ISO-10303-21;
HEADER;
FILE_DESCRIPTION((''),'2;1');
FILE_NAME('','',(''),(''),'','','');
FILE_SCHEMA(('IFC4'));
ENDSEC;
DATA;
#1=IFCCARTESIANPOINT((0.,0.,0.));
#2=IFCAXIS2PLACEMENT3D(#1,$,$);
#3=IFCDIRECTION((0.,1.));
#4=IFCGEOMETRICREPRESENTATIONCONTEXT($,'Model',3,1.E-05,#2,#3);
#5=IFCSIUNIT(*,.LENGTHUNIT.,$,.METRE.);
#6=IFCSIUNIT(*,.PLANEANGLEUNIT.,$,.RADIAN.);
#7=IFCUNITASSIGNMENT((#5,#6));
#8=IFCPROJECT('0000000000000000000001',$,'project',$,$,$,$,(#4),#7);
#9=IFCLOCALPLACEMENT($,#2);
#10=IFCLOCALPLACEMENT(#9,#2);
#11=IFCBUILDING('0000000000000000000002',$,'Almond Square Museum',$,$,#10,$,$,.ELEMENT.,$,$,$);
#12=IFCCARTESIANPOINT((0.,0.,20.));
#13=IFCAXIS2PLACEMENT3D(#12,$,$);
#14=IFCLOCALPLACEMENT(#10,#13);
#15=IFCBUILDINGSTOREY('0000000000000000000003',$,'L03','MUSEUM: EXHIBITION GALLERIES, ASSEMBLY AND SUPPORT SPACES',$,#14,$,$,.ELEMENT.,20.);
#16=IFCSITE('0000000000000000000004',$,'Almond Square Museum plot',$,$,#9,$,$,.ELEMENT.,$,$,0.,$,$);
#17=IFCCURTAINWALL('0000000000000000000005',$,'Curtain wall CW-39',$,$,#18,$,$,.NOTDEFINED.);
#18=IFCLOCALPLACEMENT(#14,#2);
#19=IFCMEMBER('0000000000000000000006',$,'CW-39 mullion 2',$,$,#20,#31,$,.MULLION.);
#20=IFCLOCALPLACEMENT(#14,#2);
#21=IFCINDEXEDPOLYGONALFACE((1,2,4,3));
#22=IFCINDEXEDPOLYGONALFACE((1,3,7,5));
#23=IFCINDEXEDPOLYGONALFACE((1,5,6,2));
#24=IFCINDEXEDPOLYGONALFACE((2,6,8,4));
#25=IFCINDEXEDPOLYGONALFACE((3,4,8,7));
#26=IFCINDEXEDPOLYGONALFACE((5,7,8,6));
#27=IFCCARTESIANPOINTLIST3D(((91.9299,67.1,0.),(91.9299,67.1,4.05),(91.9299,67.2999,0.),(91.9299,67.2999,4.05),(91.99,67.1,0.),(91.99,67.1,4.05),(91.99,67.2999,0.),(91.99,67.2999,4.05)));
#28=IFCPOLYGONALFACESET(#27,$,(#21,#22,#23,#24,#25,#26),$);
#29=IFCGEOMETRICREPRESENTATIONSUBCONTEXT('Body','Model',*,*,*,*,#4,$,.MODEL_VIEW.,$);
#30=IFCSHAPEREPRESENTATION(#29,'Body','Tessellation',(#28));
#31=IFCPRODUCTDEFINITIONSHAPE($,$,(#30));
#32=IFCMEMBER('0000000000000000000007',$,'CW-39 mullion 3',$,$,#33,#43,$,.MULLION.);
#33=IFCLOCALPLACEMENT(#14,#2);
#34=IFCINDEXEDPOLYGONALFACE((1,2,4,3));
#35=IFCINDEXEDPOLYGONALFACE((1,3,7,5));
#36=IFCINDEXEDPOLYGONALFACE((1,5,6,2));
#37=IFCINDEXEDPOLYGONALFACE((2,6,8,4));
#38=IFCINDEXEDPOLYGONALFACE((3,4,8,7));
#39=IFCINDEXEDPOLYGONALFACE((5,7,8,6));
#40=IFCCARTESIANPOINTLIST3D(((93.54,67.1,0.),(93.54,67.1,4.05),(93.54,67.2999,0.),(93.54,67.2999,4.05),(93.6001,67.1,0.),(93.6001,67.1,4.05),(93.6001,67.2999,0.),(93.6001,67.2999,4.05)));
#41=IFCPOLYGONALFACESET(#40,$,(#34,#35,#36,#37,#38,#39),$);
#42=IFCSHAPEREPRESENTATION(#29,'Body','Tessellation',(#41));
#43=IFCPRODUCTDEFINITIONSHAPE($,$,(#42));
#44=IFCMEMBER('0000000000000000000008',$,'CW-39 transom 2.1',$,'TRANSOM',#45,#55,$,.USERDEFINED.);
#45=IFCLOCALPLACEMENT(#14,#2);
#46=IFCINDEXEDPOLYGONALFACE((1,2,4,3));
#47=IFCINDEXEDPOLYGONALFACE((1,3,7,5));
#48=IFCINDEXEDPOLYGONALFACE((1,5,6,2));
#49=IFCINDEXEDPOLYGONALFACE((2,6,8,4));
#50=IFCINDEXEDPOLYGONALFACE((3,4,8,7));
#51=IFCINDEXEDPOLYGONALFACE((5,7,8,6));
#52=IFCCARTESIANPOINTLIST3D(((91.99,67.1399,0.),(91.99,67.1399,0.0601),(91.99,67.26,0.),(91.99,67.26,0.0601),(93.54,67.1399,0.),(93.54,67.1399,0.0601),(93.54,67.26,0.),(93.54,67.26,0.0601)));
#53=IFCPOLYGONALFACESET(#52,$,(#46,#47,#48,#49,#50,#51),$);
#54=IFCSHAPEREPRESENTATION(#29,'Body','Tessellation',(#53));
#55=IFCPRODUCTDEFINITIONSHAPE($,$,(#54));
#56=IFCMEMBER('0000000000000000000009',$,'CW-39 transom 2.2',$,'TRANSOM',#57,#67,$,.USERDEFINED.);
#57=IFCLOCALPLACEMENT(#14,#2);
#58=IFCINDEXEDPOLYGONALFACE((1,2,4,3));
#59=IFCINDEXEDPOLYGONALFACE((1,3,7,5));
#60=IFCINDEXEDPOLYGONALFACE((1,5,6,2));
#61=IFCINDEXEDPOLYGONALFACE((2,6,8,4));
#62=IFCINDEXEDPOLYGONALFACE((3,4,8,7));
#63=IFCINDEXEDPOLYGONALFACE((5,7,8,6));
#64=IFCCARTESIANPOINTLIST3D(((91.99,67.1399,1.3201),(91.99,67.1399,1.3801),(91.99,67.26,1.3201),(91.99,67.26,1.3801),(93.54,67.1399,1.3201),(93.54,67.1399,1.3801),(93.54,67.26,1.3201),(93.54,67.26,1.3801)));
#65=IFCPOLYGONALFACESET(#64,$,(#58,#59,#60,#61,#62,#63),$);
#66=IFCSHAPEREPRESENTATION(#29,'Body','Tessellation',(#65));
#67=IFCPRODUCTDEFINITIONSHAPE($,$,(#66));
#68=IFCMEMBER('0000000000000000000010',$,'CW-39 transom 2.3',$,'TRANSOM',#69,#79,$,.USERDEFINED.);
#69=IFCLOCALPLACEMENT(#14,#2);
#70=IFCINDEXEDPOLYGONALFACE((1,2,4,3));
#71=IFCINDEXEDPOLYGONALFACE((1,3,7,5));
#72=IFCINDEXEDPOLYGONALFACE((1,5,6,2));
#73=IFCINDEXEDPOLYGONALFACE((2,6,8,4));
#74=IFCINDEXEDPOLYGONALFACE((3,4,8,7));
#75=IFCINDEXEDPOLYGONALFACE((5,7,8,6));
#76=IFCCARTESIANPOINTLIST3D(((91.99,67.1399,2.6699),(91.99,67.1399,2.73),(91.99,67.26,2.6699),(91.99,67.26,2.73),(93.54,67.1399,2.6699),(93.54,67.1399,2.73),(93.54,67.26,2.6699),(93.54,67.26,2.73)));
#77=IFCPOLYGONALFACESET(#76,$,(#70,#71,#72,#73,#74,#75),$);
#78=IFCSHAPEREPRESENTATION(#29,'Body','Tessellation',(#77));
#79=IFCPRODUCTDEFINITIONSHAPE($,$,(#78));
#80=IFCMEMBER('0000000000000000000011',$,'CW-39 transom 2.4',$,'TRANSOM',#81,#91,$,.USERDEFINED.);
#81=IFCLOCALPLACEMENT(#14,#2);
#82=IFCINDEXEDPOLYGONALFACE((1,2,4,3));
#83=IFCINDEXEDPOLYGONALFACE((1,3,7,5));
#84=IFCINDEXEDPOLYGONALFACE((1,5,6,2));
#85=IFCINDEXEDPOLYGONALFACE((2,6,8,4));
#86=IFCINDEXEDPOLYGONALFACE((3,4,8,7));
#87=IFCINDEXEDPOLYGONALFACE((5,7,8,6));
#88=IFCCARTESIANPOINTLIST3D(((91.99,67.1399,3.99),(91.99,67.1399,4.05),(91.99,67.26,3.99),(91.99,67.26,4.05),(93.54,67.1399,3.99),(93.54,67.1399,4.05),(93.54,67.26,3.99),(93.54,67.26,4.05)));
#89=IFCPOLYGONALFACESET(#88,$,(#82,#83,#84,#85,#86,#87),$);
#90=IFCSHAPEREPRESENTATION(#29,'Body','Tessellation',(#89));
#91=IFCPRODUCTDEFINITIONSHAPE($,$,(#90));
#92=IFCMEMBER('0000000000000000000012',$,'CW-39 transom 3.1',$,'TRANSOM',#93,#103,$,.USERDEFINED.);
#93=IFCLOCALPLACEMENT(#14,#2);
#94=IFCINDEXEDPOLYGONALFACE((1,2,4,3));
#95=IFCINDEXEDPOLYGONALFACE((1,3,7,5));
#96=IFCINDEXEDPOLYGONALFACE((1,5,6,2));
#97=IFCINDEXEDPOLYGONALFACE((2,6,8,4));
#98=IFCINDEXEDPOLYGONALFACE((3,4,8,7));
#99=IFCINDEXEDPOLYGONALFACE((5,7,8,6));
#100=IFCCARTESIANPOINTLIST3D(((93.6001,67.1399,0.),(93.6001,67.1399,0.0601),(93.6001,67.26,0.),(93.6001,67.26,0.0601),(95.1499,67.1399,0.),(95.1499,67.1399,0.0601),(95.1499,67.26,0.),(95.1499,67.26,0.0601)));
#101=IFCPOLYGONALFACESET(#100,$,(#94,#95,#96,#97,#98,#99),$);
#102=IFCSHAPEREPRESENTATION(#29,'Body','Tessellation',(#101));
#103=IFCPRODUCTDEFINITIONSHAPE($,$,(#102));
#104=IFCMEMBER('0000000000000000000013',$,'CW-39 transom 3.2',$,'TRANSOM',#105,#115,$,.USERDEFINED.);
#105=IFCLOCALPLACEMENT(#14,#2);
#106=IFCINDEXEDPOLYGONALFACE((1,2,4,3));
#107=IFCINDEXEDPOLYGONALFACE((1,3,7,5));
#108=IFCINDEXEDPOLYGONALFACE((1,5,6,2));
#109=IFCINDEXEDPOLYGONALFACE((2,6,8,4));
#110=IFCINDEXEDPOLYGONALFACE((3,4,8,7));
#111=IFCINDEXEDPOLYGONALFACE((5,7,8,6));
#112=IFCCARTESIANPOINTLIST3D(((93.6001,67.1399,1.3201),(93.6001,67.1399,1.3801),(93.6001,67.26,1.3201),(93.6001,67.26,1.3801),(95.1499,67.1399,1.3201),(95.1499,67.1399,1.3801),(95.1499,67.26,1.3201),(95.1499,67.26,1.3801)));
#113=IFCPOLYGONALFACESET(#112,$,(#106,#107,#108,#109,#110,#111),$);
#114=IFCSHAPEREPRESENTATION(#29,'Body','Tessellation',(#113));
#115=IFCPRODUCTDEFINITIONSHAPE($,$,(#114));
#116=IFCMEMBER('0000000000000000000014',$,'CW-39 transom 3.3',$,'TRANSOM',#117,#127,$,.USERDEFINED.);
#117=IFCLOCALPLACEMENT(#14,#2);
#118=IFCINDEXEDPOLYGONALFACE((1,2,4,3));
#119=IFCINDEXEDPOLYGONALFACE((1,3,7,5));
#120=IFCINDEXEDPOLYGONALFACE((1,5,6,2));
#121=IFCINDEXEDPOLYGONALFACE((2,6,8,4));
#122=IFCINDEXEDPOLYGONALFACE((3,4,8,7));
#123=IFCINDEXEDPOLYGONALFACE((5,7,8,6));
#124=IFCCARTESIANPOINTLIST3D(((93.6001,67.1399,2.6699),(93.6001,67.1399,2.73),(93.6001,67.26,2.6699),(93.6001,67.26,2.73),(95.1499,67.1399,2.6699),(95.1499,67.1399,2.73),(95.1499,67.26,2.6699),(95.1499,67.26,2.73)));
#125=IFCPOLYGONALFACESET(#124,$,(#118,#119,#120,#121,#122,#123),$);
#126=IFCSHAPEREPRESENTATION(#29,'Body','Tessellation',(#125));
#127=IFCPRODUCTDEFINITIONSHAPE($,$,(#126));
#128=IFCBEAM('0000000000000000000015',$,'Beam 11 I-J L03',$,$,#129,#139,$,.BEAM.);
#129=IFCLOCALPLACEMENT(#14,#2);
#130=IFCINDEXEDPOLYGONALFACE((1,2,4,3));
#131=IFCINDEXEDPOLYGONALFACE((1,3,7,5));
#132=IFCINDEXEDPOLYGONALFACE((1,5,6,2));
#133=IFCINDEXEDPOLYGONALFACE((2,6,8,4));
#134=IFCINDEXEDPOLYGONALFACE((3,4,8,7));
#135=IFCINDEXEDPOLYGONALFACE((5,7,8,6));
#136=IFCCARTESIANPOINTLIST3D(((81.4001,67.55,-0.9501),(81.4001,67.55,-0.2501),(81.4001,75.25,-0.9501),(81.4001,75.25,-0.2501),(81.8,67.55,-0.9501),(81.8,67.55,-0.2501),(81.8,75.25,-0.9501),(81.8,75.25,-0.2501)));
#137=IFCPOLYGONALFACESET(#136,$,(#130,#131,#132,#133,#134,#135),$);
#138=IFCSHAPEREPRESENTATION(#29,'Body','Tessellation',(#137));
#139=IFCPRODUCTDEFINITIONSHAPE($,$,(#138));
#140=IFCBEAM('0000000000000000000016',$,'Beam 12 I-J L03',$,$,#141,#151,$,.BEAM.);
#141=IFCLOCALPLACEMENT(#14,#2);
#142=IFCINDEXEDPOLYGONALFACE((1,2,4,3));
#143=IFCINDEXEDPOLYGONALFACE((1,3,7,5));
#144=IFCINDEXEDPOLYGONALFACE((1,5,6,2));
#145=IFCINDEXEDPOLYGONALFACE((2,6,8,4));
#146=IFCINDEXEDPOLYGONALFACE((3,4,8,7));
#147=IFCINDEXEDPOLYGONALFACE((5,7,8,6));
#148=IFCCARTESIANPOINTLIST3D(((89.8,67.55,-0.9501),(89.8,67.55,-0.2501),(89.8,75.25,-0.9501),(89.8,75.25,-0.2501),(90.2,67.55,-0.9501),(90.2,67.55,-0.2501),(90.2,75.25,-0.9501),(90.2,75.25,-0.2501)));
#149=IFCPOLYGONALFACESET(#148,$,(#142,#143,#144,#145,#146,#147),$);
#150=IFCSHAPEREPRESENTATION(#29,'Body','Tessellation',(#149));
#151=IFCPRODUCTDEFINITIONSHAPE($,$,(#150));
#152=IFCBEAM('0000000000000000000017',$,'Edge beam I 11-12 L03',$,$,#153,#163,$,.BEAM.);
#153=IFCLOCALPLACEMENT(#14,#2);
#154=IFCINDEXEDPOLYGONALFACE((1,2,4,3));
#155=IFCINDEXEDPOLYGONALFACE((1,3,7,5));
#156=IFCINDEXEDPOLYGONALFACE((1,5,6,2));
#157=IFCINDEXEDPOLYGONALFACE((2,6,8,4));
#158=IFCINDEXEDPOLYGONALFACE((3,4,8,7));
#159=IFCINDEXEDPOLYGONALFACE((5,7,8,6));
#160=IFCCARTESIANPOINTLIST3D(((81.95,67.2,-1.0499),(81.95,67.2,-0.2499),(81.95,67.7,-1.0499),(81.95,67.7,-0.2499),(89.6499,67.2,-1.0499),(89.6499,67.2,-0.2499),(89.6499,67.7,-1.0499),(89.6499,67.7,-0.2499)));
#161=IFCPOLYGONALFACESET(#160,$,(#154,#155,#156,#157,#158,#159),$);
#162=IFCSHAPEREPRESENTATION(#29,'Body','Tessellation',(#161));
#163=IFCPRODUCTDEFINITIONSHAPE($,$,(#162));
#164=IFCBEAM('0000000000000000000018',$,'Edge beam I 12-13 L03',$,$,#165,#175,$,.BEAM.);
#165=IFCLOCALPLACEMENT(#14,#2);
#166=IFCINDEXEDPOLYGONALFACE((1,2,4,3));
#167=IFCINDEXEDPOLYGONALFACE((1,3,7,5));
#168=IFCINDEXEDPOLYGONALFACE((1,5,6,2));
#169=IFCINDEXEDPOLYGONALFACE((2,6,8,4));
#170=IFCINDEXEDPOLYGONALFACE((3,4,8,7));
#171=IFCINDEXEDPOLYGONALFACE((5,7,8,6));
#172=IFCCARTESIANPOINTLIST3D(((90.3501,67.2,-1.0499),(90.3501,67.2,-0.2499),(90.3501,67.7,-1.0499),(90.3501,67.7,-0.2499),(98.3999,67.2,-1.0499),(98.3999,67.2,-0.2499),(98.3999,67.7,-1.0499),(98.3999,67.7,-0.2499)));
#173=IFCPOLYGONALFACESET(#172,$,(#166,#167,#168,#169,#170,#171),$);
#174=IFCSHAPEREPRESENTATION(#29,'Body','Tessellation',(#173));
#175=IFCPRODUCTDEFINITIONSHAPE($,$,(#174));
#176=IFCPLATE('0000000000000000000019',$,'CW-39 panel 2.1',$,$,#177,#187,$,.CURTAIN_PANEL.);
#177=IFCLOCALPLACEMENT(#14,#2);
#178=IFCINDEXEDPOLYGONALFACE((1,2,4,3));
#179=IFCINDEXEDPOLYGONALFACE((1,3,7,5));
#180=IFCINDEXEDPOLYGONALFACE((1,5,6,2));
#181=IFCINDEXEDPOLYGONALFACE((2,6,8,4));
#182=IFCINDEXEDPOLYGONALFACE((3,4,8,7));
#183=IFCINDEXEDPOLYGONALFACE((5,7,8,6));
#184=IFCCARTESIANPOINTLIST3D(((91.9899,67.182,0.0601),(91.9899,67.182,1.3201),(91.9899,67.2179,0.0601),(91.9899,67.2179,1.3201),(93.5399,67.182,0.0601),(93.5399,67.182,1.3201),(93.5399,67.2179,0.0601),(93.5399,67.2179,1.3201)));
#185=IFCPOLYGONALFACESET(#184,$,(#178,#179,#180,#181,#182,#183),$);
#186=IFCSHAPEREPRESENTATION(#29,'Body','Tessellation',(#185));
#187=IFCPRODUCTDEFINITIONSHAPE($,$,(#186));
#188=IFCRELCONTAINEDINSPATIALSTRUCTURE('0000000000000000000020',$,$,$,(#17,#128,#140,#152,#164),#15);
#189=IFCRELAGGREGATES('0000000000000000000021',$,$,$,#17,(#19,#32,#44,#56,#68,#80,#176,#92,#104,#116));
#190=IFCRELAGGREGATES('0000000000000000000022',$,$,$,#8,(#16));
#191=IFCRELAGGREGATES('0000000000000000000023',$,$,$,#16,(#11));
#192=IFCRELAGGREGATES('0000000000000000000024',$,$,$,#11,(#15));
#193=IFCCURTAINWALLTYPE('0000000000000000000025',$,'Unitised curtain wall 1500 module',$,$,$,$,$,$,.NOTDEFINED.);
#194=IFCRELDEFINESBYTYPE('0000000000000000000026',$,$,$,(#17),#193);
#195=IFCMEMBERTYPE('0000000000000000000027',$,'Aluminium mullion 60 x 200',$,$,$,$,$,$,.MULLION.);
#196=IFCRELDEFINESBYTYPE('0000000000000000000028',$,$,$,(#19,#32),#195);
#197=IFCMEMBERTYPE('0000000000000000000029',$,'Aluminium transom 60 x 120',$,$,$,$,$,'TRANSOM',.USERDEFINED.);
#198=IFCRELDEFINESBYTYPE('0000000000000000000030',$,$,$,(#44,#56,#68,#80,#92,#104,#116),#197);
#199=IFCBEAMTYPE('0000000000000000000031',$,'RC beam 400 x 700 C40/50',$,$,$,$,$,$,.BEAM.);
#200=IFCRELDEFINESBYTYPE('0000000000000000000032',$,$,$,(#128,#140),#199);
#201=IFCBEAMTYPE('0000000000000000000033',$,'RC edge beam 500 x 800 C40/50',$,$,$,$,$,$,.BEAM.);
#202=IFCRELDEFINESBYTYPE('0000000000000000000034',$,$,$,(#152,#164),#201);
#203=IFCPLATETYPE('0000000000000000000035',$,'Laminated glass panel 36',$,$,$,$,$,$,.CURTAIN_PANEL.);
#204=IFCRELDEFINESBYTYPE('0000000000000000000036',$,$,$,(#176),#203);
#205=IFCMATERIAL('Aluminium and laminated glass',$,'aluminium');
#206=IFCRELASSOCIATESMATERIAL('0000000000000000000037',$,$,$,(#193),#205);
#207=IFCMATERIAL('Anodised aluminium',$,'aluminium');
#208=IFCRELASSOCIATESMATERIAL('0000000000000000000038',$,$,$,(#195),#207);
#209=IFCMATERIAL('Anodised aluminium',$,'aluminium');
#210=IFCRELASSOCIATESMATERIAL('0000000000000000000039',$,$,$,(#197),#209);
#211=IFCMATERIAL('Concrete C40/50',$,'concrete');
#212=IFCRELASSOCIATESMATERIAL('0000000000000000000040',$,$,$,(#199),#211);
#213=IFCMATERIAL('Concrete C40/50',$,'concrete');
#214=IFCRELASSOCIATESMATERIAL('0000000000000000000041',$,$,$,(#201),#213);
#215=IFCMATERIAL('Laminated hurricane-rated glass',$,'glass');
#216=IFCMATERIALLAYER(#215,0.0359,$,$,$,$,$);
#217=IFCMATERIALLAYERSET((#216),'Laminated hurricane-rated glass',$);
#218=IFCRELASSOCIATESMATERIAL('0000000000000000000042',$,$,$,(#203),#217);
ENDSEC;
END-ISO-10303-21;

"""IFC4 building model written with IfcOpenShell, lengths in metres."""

from ifc_helpers import new_model, si_unit, direction, frame, origin, origin_2d, place, context, subcontext, project, spatial, rectangle, extrude, material, layer, layer_set, material_profile, profile_set, type_object, element, aggregate, save


model = new_model("IFC4")

# Units and contexts
model_context = context("Model", 3, precision=1e-05, world=origin(), true_north=direction((0.0, 1.0)))
body_context = subcontext(model_context, "Body", "Model", "MODEL_VIEW")
ifc_project = project(units=[si_unit("LENGTHUNIT", "METRE"), si_unit("PLANEANGLEUNIT", "RADIAN")], contexts=[model_context])

# Site, building, storey
site_placement = place(None, origin())
site = spatial("IfcSite", under=ifc_project, at=site_placement, Name="Almond Square Museum plot", CompositionType="ELEMENT", RefElevation=0.0)
building_placement = place(site_placement, origin())
building = spatial("IfcBuilding", under=site, at=building_placement, Name="Almond Square Museum", CompositionType="ELEMENT")
storey_placement = place(building_placement, frame((0.0, 0.0, 20.0)))
storey = spatial("IfcBuildingStorey", under=building, at=storey_placement, Name="L03", Description="MUSEUM: EXHIBITION GALLERIES, ASSEMBLY AND SUPPORT SPACES", CompositionType="ELEMENT", Elevation=20.0)

# Curtain wall, members
ifc_material_1 = material(Name="Aluminium and laminated glass", Category="aluminium")
curtain_wall_type = type_object("IfcCurtainWallType", Name="Unitised curtain wall 1500 module", PredefinedType="NOTDEFINED", material=ifc_material_1)
curtain_wall_placement = place(storey_placement, origin())
curtain_wall = element("IfcCurtainWall", 1, at=curtain_wall_placement, inside=storey, type_object=curtain_wall_type, Name="Curtain wall CW-39", PredefinedType="NOTDEFINED")
ifc_material_2 = material(Name="Anodised aluminium", Category="aluminium")
ifc_material_profile_1 = material_profile(ifc_material_2, rectangle(XDim=0.2, YDim=0.0601, at=origin_2d()))
ifc_profile_set_1 = profile_set([ifc_material_profile_1], Name="Anodised aluminium")
member_type_1 = type_object("IfcMemberType", Name="Aluminium mullion 60 x 200", PredefinedType="MULLION", material=ifc_profile_set_1)
member_1_placement = place(storey_placement, frame((91.96, 67.2, 0.0), z_axis=(0.0, 0.0, 1.0), x_axis=(0.0, 1.0, 0.0)))
member_1 = element("IfcMember", 2, at=member_1_placement, type_object=member_type_1, Name="CW-39 mullion 2", PredefinedType="MULLION", context=body_context, shape_type="SweptSolid", body=[
    extrude(rectangle(XDim=0.2, YDim=0.0601, at=origin_2d()), origin(), (0.0, 0.0, 1.0), 4.05),
])
member_2_placement = place(storey_placement, frame((93.5701, 67.2, 0.0), z_axis=(0.0, 0.0, 1.0), x_axis=(0.0, 1.0, 0.0)))
member_2 = element("IfcMember", 3, at=member_2_placement, type_object=member_type_1, Name="CW-39 mullion 3", PredefinedType="MULLION", context=body_context, shape_type="SweptSolid", body=[
    extrude(rectangle(XDim=0.2, YDim=0.0601, at=origin_2d()), origin(), (0.0, 0.0, 1.0), 4.05),
])
ifc_material_3 = material(Name="Anodised aluminium", Category="aluminium")
ifc_material_profile_2 = material_profile(ifc_material_3, rectangle(XDim=0.1201, YDim=0.0601, at=origin_2d()))
ifc_profile_set_2 = profile_set([ifc_material_profile_2], Name="Anodised aluminium")
member_type_2 = type_object("IfcMemberType", Name="Aluminium transom 60 x 120", ElementType="TRANSOM", PredefinedType="USERDEFINED", material=ifc_profile_set_2)
member_3_placement = place(storey_placement, frame((91.99, 67.2, 0.03), z_axis=(1.0, 0.0, 0.0), x_axis=(0.0, 1.0, 0.0)))
member_3 = element("IfcMember", 4, at=member_3_placement, type_object=member_type_2, Name="CW-39 transom 2.1", ObjectType="TRANSOM", PredefinedType="USERDEFINED", context=body_context, shape_type="SweptSolid", body=[
    extrude(rectangle(XDim=0.1201, YDim=0.0601, at=origin_2d()), origin(), (0.0, 0.0, 1.0), 1.55),
])
member_4_placement = place(storey_placement, frame((91.99, 67.2, 1.3501), z_axis=(1.0, 0.0, 0.0), x_axis=(0.0, 1.0, 0.0)))
member_4 = element("IfcMember", 5, at=member_4_placement, type_object=member_type_2, Name="CW-39 transom 2.2", ObjectType="TRANSOM", PredefinedType="USERDEFINED", context=body_context, shape_type="SweptSolid", body=[
    extrude(rectangle(XDim=0.1201, YDim=0.0601, at=origin_2d()), origin(), (0.0, 0.0, 1.0), 1.55),
])
member_5_placement = place(storey_placement, frame((91.99, 67.2, 2.7), z_axis=(1.0, 0.0, 0.0), x_axis=(0.0, 1.0, 0.0)))
member_5 = element("IfcMember", 6, at=member_5_placement, type_object=member_type_2, Name="CW-39 transom 2.3", ObjectType="TRANSOM", PredefinedType="USERDEFINED", context=body_context, shape_type="SweptSolid", body=[
    extrude(rectangle(XDim=0.1201, YDim=0.0601, at=origin_2d()), origin(), (0.0, 0.0, 1.0), 1.55),
])
member_6_placement = place(storey_placement, frame((91.99, 67.2, 4.02), z_axis=(1.0, 0.0, 0.0), x_axis=(0.0, 1.0, 0.0)))
member_6 = element("IfcMember", 7, at=member_6_placement, type_object=member_type_2, Name="CW-39 transom 2.4", ObjectType="TRANSOM", PredefinedType="USERDEFINED", context=body_context, shape_type="SweptSolid", body=[
    extrude(rectangle(XDim=0.1201, YDim=0.0601, at=origin_2d()), origin(), (0.0, 0.0, 1.0), 1.55),
])
member_7_placement = place(storey_placement, frame((93.6001, 67.2, 0.03), z_axis=(1.0, 0.0, 0.0), x_axis=(0.0, 1.0, 0.0)))
member_7 = element("IfcMember", 8, at=member_7_placement, type_object=member_type_2, Name="CW-39 transom 3.1", ObjectType="TRANSOM", PredefinedType="USERDEFINED", context=body_context, shape_type="SweptSolid", body=[
    extrude(rectangle(XDim=0.1201, YDim=0.0601, at=origin_2d()), origin(), (0.0, 0.0, 1.0), 1.5498),
])
member_8_placement = place(storey_placement, frame((93.6001, 67.2, 1.3501), z_axis=(1.0, 0.0, 0.0), x_axis=(0.0, 1.0, 0.0)))
member_8 = element("IfcMember", 9, at=member_8_placement, type_object=member_type_2, Name="CW-39 transom 3.2", ObjectType="TRANSOM", PredefinedType="USERDEFINED", context=body_context, shape_type="SweptSolid", body=[
    extrude(rectangle(XDim=0.1201, YDim=0.0601, at=origin_2d()), origin(), (0.0, 0.0, 1.0), 1.5498),
])
member_9_placement = place(storey_placement, frame((93.6001, 67.2, 2.7), z_axis=(1.0, 0.0, 0.0), x_axis=(0.0, 1.0, 0.0)))
member_9 = element("IfcMember", 10, at=member_9_placement, type_object=member_type_2, Name="CW-39 transom 3.3", ObjectType="TRANSOM", PredefinedType="USERDEFINED", context=body_context, shape_type="SweptSolid", body=[
    extrude(rectangle(XDim=0.1201, YDim=0.0601, at=origin_2d()), origin(), (0.0, 0.0, 1.0), 1.5498),
])

# Beams
ifc_material_4 = material(Name="Concrete C40/50", Category="concrete")
ifc_material_profile_3 = material_profile(ifc_material_4, rectangle(XDim=0.3999, YDim=0.7, at=origin_2d()))
ifc_profile_set_3 = profile_set([ifc_material_profile_3], Name="Concrete C40/50")
beam_type_1 = type_object("IfcBeamType", Name="RC beam 400 x 700 C40/50", PredefinedType="BEAM", material=ifc_profile_set_3)
for number, where, z_axis, x_axis, name in (
    (11, (81.6001, 67.55, -0.6001), (0.0, 1.0, 0.0), (-1.0, 0.0, 0.0), "Beam 11 I-J L03"),
    (12, (90.0, 67.55, -0.6001), (0.0, 1.0, 0.0), (-1.0, 0.0, 0.0), "Beam 12 I-J L03"),
):
    element("IfcBeam", number, at=place(storey_placement, frame(where, z_axis=z_axis, x_axis=x_axis)), inside=storey, type_object=beam_type_1, Name=name, PredefinedType="BEAM", context=body_context, shape_type="SweptSolid", body=[
        extrude(rectangle(XDim=0.3999, YDim=0.7, at=origin_2d()), origin(), (0.0, 0.0, 1.0), 7.7),
    ])
ifc_material_5 = material(Name="Concrete C40/50", Category="concrete")
ifc_material_profile_4 = material_profile(ifc_material_5, rectangle(XDim=0.5, YDim=0.8, at=origin_2d()))
ifc_profile_set_4 = profile_set([ifc_material_profile_4], Name="Concrete C40/50")
beam_type_2 = type_object("IfcBeamType", Name="RC edge beam 500 x 800 C40/50", PredefinedType="BEAM", material=ifc_profile_set_4)
beam_1_placement = place(storey_placement, frame((81.95, 67.45, -0.6499), z_axis=(1.0, 0.0, 0.0), x_axis=(0.0, 1.0, 0.0)))
element("IfcBeam", 13, at=beam_1_placement, inside=storey, type_object=beam_type_2, Name="Edge beam I 11-12 L03", PredefinedType="BEAM", context=body_context, shape_type="SweptSolid", body=[
    extrude(rectangle(XDim=0.5, YDim=0.8, at=origin_2d()), origin(), (0.0, 0.0, 1.0), 7.7),
])
beam_2_placement = place(storey_placement, frame((90.3501, 67.45, -0.6499), z_axis=(1.0, 0.0, 0.0), x_axis=(0.0, 1.0, 0.0)))
element("IfcBeam", 14, at=beam_2_placement, inside=storey, type_object=beam_type_2, Name="Edge beam I 12-13 L03", PredefinedType="BEAM", context=body_context, shape_type="SweptSolid", body=[
    extrude(rectangle(XDim=0.5, YDim=0.8, at=origin_2d()), origin(), (0.0, 0.0, 1.0), 8.0498),
])

# Plate
ifc_material_6 = material(Name="Laminated hurricane-rated glass", Category="glass")
ifc_layer_1 = layer(ifc_material_6, 0.0359)
ifc_layer_set_1 = layer_set([ifc_layer_1], Name="Laminated hurricane-rated glass")
plate_type = type_object("IfcPlateType", Name="Laminated glass panel 36", PredefinedType="CURTAIN_PANEL", material=ifc_layer_set_1)
plate_1_placement = place(storey_placement, frame((92.7649, 67.2, 0.0601), z_axis=(0.0, 0.0, 1.0), x_axis=(1.0, 0.0, 0.0)))
plate_1 = element("IfcPlate", 15, at=plate_1_placement, type_object=plate_type, Name="CW-39 panel 2.1", PredefinedType="CURTAIN_PANEL", context=body_context, shape_type="SweptSolid", body=[
    extrude(rectangle(XDim=1.55, YDim=0.0359, at=origin_2d()), origin(), (0.0, 0.0, 1.0), 1.26),
])
aggregate(curtain_wall, [member_1, member_2, member_3, member_4, member_5, member_6, plate_1, member_7, member_8, member_9])

save(model, "model.ifc")
